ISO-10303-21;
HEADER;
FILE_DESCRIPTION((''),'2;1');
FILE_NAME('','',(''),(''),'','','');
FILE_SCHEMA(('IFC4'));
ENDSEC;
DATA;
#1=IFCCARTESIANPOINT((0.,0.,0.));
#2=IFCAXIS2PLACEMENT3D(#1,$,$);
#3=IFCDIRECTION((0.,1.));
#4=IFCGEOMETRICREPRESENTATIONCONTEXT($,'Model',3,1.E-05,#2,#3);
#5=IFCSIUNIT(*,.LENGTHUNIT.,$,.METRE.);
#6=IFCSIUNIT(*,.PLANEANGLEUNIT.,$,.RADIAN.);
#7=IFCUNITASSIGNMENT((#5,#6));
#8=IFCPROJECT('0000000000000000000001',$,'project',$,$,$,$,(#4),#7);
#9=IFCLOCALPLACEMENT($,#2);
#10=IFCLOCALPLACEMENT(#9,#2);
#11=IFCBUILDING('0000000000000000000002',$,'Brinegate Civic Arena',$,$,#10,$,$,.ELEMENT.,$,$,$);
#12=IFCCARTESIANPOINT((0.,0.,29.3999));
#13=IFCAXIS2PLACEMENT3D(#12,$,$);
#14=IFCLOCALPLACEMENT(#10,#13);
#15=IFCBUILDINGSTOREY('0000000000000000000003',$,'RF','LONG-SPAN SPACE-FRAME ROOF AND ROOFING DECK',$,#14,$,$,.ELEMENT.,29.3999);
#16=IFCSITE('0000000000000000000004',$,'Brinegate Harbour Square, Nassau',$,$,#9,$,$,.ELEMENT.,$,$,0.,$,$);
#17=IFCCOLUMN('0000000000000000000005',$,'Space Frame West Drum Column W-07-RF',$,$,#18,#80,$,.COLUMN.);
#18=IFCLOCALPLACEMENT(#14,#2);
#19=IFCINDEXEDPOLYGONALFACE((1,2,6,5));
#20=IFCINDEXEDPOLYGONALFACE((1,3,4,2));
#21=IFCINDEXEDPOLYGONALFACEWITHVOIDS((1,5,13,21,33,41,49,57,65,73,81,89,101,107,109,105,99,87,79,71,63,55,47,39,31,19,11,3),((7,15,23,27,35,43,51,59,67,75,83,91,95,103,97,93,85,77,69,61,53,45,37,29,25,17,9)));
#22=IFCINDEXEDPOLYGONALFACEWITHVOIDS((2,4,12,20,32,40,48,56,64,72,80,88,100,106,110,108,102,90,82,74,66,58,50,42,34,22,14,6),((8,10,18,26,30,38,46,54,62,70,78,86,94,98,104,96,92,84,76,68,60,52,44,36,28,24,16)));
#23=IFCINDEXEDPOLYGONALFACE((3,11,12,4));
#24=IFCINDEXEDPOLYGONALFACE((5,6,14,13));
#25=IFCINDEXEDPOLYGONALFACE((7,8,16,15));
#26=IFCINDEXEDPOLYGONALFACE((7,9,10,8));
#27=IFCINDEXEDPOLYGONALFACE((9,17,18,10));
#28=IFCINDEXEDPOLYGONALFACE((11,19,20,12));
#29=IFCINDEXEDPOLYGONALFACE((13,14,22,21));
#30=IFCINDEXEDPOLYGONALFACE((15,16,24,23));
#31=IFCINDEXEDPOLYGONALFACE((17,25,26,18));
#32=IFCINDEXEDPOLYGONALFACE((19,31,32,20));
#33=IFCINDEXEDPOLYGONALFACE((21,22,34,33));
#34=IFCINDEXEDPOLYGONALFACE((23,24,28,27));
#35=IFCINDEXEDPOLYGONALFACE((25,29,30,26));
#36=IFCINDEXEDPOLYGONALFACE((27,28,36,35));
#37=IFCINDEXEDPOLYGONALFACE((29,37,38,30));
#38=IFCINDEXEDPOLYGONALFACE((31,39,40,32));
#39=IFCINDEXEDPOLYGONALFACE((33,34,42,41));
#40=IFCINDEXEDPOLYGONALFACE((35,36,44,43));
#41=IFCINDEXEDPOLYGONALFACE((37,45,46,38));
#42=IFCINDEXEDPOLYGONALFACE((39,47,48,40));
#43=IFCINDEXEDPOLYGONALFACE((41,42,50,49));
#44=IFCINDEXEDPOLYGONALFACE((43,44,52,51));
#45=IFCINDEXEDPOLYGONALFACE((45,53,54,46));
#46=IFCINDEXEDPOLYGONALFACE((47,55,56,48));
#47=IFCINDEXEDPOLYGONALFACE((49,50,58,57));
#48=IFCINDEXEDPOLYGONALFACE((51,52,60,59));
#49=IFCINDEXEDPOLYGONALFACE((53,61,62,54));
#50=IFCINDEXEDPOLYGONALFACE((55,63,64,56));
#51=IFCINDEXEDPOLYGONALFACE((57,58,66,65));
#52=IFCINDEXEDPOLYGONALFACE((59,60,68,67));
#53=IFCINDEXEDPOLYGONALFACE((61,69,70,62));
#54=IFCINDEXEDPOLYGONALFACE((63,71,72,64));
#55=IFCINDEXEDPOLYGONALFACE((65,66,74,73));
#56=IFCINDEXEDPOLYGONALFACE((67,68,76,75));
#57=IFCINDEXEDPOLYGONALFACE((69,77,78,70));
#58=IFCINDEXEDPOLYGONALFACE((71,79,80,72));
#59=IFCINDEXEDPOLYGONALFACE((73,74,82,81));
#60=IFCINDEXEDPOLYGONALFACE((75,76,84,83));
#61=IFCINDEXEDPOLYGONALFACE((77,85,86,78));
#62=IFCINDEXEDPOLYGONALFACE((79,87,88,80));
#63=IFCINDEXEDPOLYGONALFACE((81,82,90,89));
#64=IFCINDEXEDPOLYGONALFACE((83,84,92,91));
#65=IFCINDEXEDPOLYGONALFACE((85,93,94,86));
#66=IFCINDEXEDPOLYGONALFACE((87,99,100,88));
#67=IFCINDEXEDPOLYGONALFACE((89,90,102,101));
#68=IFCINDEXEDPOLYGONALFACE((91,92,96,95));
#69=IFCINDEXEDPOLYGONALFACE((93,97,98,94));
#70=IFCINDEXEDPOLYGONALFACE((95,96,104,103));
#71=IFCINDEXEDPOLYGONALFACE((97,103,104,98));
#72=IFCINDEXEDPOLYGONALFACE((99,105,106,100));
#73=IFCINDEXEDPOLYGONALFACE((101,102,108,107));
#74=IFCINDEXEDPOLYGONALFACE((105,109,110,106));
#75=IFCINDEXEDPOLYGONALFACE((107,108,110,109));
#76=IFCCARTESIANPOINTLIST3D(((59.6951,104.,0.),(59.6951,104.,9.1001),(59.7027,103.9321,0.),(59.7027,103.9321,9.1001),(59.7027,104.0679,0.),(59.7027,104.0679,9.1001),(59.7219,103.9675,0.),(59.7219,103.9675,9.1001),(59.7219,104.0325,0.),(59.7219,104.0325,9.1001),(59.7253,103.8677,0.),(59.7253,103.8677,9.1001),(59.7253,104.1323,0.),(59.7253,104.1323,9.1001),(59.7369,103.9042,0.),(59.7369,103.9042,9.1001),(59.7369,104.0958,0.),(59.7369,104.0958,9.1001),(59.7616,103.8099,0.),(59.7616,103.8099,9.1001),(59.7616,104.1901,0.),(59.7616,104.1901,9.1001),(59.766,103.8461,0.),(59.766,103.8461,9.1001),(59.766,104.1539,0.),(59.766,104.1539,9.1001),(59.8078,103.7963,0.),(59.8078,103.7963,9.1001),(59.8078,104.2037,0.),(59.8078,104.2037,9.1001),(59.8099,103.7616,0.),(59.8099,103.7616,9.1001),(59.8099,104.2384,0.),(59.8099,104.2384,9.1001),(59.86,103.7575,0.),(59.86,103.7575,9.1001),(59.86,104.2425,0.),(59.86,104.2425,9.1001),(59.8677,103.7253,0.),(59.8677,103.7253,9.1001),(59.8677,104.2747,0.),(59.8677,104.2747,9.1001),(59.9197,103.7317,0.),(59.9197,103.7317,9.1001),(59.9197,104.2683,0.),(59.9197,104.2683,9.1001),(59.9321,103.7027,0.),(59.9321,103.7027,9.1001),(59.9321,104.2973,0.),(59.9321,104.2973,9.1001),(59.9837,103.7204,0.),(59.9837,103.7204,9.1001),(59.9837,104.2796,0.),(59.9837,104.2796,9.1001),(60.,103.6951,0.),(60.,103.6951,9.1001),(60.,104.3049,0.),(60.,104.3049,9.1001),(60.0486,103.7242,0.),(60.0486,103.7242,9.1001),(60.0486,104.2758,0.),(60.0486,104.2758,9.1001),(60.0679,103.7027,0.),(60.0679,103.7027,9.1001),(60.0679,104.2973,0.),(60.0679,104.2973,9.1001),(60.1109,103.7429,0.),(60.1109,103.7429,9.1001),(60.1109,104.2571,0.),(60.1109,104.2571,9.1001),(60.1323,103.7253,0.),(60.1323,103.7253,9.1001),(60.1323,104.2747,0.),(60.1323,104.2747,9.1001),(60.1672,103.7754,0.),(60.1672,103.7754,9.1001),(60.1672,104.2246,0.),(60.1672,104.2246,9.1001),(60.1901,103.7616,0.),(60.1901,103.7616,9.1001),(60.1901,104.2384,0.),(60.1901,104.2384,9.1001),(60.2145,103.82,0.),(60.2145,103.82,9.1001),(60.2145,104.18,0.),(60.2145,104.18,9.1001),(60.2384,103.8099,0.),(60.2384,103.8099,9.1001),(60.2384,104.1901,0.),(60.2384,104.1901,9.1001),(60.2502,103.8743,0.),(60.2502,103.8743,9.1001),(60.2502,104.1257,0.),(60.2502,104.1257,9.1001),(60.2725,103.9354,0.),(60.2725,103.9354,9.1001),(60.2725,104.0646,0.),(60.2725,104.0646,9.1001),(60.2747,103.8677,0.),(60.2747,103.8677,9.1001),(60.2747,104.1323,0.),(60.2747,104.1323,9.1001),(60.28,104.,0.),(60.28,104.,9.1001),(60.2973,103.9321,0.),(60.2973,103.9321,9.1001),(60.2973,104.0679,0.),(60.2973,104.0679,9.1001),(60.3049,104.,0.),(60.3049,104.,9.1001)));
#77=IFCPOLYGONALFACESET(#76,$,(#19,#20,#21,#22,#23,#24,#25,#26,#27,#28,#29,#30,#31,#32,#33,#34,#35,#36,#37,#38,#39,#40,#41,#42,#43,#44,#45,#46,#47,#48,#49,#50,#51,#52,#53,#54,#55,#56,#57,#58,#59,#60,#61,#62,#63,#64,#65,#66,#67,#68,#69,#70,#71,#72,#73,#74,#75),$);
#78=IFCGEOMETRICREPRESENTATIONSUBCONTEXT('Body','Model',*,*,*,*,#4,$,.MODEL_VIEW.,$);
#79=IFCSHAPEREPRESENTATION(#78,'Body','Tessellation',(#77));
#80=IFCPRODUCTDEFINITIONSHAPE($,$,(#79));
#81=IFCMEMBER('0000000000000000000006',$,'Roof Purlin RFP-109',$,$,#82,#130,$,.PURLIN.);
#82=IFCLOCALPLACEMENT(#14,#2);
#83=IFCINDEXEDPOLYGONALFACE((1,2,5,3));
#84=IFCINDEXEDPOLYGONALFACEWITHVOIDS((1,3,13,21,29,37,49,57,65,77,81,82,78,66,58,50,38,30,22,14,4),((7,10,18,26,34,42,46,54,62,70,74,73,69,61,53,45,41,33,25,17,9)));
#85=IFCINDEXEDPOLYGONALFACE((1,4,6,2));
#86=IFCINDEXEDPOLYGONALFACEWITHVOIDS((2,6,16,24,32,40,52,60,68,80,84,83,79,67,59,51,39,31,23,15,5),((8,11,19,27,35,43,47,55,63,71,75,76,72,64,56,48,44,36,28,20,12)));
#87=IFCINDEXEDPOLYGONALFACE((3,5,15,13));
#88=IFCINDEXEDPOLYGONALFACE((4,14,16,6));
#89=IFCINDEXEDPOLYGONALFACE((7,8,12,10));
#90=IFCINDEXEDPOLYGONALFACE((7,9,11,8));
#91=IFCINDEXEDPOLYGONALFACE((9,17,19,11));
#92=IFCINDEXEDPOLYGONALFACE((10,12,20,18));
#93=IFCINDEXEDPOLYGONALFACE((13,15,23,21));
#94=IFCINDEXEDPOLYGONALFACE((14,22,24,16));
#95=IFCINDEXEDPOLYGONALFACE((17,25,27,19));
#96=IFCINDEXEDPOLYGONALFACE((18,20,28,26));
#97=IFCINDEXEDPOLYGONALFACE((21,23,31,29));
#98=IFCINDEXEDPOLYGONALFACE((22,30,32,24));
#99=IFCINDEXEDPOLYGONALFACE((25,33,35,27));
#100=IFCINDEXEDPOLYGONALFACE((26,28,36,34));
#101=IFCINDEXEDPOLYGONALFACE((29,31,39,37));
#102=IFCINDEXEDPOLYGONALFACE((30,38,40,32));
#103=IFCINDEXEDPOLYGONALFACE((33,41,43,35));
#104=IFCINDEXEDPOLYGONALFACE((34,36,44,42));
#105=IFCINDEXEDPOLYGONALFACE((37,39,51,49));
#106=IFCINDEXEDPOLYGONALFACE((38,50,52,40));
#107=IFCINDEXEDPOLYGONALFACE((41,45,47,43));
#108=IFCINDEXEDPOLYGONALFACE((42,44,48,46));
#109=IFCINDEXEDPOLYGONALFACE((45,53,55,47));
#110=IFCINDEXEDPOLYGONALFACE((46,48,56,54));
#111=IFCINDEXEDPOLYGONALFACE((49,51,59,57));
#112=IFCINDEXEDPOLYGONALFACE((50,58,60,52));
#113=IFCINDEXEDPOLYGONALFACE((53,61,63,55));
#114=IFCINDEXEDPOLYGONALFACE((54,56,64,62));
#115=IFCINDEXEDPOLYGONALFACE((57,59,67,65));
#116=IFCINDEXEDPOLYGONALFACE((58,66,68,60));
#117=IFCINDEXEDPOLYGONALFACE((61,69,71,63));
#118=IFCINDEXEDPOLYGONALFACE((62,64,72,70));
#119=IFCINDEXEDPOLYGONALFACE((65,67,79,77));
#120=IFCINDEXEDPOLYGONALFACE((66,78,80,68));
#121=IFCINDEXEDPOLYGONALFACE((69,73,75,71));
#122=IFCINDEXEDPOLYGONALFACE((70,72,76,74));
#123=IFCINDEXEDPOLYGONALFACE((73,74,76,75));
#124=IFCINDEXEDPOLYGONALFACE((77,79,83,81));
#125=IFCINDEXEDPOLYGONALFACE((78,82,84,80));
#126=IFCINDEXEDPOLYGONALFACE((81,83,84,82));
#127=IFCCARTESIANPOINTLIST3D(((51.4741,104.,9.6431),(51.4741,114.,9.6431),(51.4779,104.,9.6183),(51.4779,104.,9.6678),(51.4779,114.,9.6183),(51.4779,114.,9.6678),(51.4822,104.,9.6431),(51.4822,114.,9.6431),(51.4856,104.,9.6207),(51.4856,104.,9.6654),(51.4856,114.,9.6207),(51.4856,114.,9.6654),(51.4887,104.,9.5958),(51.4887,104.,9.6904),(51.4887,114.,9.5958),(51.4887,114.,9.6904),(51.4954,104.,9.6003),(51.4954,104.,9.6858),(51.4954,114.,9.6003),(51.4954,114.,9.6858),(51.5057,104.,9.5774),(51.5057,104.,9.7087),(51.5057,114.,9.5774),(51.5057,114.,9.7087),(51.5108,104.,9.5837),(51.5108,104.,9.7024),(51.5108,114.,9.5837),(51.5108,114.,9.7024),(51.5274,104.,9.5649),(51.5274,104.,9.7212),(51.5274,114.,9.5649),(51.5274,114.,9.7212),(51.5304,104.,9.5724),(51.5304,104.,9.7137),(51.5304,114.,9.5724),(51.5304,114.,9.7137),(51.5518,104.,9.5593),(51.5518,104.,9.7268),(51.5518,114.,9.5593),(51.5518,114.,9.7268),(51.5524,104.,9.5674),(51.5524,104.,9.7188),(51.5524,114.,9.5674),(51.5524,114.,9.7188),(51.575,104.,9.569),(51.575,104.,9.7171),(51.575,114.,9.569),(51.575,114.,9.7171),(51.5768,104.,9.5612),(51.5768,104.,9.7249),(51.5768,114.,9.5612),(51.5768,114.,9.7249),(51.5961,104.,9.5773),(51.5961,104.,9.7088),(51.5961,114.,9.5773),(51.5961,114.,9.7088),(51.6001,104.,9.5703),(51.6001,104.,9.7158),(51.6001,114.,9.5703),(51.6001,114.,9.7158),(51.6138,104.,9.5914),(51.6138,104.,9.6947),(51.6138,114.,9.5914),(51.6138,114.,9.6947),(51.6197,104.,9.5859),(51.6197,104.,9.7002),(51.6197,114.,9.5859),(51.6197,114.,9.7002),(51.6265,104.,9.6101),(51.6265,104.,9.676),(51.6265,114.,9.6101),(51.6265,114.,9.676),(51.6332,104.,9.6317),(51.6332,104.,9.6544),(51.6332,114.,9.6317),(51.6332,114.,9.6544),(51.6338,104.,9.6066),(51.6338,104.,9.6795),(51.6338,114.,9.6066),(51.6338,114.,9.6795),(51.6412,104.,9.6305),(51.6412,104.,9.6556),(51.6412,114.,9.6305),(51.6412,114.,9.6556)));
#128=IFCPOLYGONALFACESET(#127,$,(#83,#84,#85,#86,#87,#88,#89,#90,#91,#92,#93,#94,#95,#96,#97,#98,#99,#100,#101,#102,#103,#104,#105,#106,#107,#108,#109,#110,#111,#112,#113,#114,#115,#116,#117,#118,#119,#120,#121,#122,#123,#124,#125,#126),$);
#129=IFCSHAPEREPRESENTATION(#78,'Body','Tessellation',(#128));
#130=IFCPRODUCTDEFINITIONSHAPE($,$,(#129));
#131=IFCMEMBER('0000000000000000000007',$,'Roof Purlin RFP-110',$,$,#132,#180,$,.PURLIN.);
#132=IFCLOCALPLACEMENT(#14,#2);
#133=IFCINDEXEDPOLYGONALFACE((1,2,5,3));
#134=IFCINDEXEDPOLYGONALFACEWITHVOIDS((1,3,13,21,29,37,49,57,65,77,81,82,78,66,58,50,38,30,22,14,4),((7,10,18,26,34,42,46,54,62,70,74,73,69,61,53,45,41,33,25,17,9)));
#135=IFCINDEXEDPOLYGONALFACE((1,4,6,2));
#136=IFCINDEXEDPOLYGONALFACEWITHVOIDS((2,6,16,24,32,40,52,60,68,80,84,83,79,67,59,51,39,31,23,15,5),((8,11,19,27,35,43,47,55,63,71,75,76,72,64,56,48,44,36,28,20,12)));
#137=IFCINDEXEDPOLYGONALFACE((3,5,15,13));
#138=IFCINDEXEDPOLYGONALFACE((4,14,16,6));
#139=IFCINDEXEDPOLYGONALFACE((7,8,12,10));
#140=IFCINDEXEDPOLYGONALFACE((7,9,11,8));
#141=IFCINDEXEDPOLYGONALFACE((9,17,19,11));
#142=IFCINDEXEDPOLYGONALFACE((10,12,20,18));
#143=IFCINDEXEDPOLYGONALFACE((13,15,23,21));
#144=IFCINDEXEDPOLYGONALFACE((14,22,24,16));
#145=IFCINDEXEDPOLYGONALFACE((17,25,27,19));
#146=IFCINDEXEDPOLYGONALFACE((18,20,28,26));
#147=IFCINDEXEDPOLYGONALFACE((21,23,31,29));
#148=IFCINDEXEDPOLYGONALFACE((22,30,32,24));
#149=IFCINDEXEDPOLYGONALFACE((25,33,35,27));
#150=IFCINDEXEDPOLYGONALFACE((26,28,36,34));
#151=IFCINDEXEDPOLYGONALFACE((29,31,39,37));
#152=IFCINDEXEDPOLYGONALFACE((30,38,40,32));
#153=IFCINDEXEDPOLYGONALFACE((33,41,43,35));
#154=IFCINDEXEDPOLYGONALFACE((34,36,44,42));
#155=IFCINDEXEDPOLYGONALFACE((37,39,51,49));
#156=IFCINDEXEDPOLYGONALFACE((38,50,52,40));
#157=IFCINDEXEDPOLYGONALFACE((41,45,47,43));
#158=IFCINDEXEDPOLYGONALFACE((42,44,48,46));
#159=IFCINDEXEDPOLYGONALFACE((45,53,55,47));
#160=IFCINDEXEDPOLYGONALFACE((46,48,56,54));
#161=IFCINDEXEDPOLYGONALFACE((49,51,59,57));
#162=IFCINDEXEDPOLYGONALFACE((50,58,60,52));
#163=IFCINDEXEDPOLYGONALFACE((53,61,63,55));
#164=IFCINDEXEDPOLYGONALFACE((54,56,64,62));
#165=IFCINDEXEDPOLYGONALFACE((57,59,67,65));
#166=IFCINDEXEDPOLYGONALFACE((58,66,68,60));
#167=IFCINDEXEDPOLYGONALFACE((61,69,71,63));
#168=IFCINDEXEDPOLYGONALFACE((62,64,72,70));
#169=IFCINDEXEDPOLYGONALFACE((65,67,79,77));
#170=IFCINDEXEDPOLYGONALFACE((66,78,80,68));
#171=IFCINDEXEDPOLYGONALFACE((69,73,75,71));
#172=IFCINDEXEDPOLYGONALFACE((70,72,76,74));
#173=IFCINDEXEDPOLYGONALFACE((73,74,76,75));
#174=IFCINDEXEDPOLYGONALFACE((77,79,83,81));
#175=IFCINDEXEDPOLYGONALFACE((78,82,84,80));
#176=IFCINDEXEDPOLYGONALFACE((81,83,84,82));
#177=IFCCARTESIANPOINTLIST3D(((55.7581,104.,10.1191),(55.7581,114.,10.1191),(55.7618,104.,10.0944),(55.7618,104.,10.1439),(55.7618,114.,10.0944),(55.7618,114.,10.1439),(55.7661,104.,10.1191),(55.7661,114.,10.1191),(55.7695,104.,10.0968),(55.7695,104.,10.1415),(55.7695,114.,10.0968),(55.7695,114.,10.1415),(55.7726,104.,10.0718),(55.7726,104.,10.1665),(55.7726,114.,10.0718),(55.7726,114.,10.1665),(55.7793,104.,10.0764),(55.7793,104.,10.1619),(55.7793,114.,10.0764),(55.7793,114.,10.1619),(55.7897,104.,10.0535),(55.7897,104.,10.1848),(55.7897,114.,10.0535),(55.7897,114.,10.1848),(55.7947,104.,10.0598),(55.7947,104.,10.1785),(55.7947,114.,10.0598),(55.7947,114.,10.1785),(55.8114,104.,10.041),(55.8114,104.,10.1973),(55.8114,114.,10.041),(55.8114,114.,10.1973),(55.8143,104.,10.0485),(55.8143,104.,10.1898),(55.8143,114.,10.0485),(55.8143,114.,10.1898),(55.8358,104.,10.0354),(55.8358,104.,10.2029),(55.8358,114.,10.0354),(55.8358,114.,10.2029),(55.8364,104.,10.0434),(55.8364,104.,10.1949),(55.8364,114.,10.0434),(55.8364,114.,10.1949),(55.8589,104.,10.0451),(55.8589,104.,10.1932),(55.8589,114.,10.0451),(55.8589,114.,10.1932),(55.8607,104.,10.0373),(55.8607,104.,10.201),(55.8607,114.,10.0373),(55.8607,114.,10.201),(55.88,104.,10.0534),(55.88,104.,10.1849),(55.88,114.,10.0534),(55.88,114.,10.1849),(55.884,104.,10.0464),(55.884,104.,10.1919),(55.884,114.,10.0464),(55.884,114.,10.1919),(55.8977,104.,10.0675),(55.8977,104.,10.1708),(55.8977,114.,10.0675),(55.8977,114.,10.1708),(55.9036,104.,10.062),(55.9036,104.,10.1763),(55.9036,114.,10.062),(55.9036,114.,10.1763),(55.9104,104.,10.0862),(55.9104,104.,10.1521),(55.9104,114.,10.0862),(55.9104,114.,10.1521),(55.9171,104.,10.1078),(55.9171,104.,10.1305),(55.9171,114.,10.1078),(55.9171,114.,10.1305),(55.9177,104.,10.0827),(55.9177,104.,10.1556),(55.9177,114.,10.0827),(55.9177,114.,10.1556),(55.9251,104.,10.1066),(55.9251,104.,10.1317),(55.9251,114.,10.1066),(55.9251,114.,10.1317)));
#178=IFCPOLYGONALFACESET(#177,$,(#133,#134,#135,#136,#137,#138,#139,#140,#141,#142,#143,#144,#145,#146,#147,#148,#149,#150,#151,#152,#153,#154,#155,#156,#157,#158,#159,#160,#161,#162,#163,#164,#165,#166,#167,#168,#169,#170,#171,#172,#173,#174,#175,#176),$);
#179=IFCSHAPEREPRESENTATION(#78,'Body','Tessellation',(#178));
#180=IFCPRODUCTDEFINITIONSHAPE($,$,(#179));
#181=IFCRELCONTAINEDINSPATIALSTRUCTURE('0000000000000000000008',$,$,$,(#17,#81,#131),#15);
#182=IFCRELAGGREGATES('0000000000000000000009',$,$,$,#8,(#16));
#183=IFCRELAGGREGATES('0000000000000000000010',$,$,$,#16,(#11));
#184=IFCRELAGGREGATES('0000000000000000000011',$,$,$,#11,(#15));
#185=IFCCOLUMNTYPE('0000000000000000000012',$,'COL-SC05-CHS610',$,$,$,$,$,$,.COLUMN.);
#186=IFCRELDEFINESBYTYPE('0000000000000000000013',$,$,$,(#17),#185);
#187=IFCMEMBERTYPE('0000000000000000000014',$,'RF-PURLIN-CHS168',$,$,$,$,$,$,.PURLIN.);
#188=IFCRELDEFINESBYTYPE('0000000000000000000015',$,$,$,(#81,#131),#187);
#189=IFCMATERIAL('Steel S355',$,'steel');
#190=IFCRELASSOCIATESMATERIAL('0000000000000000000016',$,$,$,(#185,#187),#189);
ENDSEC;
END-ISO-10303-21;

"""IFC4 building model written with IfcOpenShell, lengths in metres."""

from ifc_helpers import new_model, si_unit, direction, frame, origin, origin_2d, place, context, subcontext, project, spatial, hollow_circle, extrude, material, material_profile, profile_set, type_object, element, save


model = new_model("IFC4")

# Units and contexts
model_context = context("Model", 3, precision=1e-05, world=origin(), true_north=direction((0.0, 1.0)))
body_context = subcontext(model_context, "Body", "Model", "MODEL_VIEW")
ifc_project = project(units=[si_unit("LENGTHUNIT", "METRE"), si_unit("PLANEANGLEUNIT", "RADIAN")], contexts=[model_context])

# Site, building, storey
site_placement = place(None, origin())
site = spatial("IfcSite", under=ifc_project, at=site_placement, Name="Brinegate Harbour Square, Nassau", CompositionType="ELEMENT", RefElevation=0.0)
building_placement = place(site_placement, origin())
building = spatial("IfcBuilding", under=site, at=building_placement, Name="Brinegate Civic Arena", CompositionType="ELEMENT")
storey_placement = place(building_placement, frame((0.0, 0.0, 29.3999)))
storey = spatial("IfcBuildingStorey", under=building, at=storey_placement, Name="RF", Description="LONG-SPAN SPACE-FRAME ROOF AND ROOFING DECK", CompositionType="ELEMENT", Elevation=29.3999)

# Column
ifc_material_1 = material(Name="Steel S355", Category="steel")
ifc_material_profile_1 = material_profile(ifc_material_1, hollow_circle(Radius=0.3049, WallThickness=0.0249, at=origin_2d()), Name="CHS610X25")
ifc_profile_set_1 = profile_set([ifc_material_profile_1], Name="Steel S355")
column_type = type_object("IfcColumnType", Name="COL-SC05-CHS610", PredefinedType="COLUMN", material=ifc_profile_set_1)
column_placement = place(storey_placement, frame((60.0, 104.0, 0.0), z_axis=(0.0, 0.0, 1.0), x_axis=(1.0, 0.0, 0.0)))
element("IfcColumn", 1, at=column_placement, inside=storey, type_object=column_type, Name="Space Frame West Drum Column W-07-RF", PredefinedType="COLUMN", context=body_context, shape_type="SweptSolid", body=[
    extrude(hollow_circle(Radius=0.3049, WallThickness=0.0249, at=origin_2d()), origin(), (0.0, 0.0, 1.0), 9.1001),
])

# Members
ifc_material_profile_2 = material_profile(ifc_material_1, hollow_circle(Radius=0.084, WallThickness=0.0081, at=origin_2d()), Name="CHS168X8")
ifc_profile_set_2 = profile_set([ifc_material_profile_2], Name="Steel S355")
member_type_1 = type_object("IfcMemberType", Name="RF-PURLIN-CHS168", PredefinedType="PURLIN", material=ifc_profile_set_2)
for number, where, z_axis, x_axis, name in (
    (2, (51.5581, 104.0, 9.6431), (0.0, 1.0, 0.0), (-1.0, 0.0, 0.0), "Roof Purlin RFP-109"),
    (3, (55.842, 104.0, 10.1191), (0.0, 1.0, 0.0), (-1.0, 0.0, 0.0), "Roof Purlin RFP-110"),
):
    element("IfcMember", number, at=place(storey_placement, frame(where, z_axis=z_axis, x_axis=x_axis)), inside=storey, type_object=member_type_1, Name=name, PredefinedType="PURLIN", context=body_context, shape_type="SweptSolid", body=[
        extrude(hollow_circle(Radius=0.084, WallThickness=0.0081, at=origin_2d()), origin(), (0.0, 0.0, 1.0), 10.0),
    ])

save(model, "model.ifc")
